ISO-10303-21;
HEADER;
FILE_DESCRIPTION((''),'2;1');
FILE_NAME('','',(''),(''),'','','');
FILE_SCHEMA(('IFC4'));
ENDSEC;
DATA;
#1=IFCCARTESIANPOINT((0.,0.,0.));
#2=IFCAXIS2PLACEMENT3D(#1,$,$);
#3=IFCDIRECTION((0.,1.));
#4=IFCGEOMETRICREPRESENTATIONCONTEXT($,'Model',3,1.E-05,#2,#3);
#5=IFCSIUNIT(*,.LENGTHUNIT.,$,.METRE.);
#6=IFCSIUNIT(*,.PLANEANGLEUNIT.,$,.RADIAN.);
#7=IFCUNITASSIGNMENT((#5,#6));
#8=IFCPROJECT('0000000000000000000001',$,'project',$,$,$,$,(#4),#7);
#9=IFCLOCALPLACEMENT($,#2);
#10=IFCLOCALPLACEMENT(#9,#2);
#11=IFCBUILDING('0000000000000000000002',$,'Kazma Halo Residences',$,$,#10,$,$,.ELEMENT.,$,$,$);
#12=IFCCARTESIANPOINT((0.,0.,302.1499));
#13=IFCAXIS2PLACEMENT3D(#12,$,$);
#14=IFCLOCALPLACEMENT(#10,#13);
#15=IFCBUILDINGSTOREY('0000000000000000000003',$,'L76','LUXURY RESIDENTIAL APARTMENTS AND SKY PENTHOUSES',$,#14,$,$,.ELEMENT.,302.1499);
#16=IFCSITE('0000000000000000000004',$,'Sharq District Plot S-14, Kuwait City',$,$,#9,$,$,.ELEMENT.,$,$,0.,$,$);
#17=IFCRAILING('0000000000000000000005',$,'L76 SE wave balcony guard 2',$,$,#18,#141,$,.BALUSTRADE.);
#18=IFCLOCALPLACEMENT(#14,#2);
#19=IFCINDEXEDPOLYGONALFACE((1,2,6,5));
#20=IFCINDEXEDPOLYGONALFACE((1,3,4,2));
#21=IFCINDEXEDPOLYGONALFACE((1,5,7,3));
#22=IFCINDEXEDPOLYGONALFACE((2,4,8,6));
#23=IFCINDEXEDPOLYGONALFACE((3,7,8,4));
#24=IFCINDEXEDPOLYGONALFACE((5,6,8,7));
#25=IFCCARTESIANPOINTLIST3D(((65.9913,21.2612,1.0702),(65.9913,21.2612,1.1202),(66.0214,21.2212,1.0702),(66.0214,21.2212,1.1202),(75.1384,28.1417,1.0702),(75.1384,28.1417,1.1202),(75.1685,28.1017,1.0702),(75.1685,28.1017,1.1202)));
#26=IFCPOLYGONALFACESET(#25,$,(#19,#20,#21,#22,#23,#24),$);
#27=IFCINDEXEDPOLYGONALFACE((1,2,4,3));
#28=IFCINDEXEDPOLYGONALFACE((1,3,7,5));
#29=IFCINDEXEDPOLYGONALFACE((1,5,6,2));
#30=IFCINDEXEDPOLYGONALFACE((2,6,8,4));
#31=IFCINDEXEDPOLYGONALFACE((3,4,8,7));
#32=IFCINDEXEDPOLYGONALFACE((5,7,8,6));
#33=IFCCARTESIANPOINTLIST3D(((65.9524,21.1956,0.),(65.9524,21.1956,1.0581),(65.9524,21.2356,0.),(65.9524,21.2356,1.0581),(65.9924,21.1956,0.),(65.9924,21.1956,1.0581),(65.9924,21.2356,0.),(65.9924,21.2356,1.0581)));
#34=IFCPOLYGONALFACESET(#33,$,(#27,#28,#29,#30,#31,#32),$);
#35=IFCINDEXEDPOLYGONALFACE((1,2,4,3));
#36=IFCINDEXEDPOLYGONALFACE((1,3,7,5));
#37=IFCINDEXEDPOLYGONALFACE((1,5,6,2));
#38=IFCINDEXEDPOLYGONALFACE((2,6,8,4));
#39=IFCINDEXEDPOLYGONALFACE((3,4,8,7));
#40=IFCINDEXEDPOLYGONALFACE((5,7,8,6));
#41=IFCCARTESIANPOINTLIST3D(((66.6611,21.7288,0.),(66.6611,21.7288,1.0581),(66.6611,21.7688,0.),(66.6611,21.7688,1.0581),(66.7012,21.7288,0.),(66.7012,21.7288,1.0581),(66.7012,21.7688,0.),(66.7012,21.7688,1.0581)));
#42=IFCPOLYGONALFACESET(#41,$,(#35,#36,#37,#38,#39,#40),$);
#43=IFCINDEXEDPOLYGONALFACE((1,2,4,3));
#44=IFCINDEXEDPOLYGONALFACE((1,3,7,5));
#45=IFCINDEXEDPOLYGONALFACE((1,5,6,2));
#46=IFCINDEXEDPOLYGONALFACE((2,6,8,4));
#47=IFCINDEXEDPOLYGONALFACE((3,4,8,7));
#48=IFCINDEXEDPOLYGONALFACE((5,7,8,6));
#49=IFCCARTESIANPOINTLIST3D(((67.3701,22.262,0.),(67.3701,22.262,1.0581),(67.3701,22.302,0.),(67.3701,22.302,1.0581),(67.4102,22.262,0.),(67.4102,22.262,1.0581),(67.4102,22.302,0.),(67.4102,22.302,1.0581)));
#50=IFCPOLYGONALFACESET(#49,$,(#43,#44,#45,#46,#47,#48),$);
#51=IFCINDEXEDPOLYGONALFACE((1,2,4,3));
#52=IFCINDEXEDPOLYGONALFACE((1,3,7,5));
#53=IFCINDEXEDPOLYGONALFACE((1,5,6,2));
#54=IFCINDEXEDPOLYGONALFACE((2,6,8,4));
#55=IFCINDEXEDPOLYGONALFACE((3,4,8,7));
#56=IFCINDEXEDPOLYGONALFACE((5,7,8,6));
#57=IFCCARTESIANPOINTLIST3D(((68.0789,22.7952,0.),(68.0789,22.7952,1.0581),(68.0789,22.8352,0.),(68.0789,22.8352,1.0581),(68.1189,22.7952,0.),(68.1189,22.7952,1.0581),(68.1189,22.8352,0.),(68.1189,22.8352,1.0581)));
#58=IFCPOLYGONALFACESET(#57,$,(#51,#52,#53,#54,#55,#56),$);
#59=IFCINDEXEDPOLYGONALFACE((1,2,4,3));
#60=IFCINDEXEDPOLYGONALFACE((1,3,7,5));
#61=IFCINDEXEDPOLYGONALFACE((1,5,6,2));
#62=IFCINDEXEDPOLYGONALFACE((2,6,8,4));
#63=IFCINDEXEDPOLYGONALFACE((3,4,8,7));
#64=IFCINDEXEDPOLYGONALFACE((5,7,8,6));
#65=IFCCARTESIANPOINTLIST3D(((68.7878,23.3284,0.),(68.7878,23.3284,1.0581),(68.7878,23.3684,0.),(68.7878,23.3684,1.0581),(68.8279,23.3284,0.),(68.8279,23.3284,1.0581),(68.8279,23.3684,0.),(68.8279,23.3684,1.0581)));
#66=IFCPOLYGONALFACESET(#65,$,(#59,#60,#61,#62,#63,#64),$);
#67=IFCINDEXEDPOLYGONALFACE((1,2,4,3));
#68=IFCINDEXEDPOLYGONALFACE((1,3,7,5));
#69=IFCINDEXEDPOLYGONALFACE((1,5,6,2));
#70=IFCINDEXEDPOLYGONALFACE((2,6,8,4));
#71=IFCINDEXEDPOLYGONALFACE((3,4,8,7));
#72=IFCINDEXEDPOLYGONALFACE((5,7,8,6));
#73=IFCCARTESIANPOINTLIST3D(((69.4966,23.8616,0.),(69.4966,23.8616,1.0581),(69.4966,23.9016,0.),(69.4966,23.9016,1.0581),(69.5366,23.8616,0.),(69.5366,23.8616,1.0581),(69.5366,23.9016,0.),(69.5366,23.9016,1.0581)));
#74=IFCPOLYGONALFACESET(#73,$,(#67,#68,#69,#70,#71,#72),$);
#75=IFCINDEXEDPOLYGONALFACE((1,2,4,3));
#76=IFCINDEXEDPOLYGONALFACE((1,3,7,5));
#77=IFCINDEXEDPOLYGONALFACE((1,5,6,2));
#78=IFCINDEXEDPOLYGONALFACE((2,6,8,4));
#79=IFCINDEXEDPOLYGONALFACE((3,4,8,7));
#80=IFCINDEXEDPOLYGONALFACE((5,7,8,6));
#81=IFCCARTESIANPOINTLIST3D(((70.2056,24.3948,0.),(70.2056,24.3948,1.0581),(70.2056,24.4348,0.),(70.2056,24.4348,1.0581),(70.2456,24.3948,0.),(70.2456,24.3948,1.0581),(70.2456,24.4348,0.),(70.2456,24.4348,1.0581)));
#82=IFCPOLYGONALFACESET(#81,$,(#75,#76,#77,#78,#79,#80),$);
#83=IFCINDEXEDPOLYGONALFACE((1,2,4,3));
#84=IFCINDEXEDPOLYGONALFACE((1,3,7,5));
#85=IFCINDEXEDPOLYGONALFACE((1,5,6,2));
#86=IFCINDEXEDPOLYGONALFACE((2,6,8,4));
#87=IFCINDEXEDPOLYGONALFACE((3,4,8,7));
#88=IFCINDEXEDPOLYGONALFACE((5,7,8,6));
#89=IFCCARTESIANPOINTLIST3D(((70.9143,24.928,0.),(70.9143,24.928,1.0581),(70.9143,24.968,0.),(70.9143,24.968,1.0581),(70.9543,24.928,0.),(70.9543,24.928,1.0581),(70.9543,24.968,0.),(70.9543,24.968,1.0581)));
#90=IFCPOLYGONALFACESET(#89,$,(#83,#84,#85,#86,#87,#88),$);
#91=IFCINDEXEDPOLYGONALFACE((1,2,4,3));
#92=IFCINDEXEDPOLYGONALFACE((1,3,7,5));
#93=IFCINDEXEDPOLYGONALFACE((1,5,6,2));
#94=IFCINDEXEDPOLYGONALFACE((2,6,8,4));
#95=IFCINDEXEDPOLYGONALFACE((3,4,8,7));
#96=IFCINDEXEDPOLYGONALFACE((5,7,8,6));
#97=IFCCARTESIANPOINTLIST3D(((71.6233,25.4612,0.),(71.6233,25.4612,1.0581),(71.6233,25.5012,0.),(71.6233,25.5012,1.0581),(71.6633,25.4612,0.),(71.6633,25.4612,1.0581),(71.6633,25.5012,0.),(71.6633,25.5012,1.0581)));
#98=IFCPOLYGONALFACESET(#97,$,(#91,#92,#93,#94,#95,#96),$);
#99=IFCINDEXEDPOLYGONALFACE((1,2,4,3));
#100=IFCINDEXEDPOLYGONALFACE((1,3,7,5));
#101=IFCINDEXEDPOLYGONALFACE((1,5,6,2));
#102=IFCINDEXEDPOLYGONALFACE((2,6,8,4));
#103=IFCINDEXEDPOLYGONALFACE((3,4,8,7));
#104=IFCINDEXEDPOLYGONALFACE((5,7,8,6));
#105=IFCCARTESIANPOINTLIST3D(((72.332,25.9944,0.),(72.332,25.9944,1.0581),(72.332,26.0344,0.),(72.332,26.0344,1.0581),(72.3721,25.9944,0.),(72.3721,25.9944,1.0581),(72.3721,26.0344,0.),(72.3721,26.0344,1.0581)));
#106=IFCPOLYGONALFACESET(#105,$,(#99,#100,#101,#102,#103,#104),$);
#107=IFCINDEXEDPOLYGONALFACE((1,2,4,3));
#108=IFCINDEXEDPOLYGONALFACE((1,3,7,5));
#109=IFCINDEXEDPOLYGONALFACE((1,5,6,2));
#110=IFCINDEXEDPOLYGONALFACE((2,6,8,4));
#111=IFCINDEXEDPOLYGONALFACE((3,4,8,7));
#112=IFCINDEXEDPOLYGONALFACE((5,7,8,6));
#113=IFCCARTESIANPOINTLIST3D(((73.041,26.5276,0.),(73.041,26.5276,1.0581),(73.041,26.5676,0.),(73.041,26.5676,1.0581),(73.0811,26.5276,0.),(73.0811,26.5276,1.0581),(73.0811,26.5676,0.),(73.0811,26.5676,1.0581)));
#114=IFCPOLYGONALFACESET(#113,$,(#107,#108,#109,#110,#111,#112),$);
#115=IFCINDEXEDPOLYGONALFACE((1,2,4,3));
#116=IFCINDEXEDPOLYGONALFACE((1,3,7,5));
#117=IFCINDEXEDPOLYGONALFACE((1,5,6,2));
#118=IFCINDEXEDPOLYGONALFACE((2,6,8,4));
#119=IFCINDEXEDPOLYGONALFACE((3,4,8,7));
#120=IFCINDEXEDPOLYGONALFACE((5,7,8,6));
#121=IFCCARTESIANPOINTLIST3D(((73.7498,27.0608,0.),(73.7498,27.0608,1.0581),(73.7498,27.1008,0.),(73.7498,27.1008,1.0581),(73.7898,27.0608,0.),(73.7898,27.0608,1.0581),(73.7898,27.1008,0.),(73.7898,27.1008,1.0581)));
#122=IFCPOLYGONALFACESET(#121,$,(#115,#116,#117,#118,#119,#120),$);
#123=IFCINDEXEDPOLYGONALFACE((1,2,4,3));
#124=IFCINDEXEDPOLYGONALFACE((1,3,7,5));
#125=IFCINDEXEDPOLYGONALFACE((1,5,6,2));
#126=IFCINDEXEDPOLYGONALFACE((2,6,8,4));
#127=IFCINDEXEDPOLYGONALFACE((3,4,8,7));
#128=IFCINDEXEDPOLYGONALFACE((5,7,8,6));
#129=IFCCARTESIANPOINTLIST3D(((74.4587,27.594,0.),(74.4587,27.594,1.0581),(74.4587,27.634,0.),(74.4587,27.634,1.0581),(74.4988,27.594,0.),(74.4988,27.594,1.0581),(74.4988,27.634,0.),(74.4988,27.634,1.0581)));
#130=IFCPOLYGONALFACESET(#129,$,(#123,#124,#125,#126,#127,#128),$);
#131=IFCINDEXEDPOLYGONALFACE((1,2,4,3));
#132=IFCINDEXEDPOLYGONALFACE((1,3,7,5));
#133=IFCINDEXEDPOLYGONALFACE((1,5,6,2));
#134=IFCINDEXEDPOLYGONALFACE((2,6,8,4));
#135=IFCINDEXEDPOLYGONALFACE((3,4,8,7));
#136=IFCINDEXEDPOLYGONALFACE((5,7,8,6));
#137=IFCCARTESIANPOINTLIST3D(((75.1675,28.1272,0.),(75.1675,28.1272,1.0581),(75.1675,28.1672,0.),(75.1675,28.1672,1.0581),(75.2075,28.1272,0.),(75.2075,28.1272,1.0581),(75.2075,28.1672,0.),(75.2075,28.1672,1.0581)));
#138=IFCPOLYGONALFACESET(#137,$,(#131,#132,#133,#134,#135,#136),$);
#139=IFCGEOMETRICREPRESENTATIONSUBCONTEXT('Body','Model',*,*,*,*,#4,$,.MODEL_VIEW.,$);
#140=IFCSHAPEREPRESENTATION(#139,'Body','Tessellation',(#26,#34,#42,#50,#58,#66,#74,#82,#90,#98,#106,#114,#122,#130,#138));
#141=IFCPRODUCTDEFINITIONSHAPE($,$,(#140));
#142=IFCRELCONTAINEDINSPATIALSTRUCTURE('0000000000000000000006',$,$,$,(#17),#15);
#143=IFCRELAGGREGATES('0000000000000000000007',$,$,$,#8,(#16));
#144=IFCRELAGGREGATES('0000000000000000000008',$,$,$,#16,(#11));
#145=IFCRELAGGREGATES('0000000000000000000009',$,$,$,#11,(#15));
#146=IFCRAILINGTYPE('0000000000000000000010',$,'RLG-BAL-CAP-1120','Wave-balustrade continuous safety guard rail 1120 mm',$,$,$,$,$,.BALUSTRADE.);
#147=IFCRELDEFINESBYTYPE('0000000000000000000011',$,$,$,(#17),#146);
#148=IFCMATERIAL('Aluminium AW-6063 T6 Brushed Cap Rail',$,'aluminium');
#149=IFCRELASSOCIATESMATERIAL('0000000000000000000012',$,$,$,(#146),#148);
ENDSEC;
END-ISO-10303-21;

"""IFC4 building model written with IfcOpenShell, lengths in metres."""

from ifc_helpers import new_model, si_unit, direction, frame, origin, origin_2d, place, context, subcontext, project, spatial, rectangle, extrude, material, type_object, element, save


model = new_model("IFC4")

# Units and contexts
model_context = context("Model", 3, precision=1e-05, world=origin(), true_north=direction((0.0, 1.0)))
body_context = subcontext(model_context, "Body", "Model", "MODEL_VIEW")
ifc_project = project(units=[si_unit("LENGTHUNIT", "METRE"), si_unit("PLANEANGLEUNIT", "RADIAN")], contexts=[model_context])

# Site, building, storey
site_placement = place(None, origin())
site = spatial("IfcSite", under=ifc_project, at=site_placement, Name="Sharq District Plot S-14, Kuwait City", CompositionType="ELEMENT", RefElevation=0.0)
building_placement = place(site_placement, origin())
building = spatial("IfcBuilding", under=site, at=building_placement, Name="Kazma Halo Residences", CompositionType="ELEMENT")
storey_placement = place(building_placement, frame((0.0, 0.0, 302.1499)))
storey = spatial("IfcBuildingStorey", under=building, at=storey_placement, Name="L76", Description="LUXURY RESIDENTIAL APARTMENTS AND SKY PENTHOUSES", CompositionType="ELEMENT", Elevation=302.1499)

# Railing
ifc_material_1 = material(Name="Aluminium AW-6063 T6 Brushed Cap Rail", Category="aluminium")
railing_type = type_object("IfcRailingType", Name="RLG-BAL-CAP-1120", Description="Wave-balustrade continuous safety guard rail 1120 mm", PredefinedType="BALUSTRADE", material=ifc_material_1)
railing_1_placement = place(storey_placement, frame((65.9724, 21.2156, 0.0)))
element("IfcRailing", 1, at=railing_1_placement, inside=storey, type_object=railing_type, Name="L76 SE wave balcony guard 2", PredefinedType="BALUSTRADE", context=body_context, shape_type="SweptSolid", body=[
    extrude(rectangle(XDim=0.05, YDim=0.05, at=origin_2d()), frame((0.0339, 0.0256, 1.0952), z_axis=(0.799153, 0.601127, 0.0), x_axis=(-0.601127, 0.799153, 0.0)), (0.0, 0.0, 1.0), 11.446),
    extrude(rectangle(XDim=0.04, YDim=0.04, at=origin_2d()), origin(), (0.0, 0.0, 1.0), 1.0581),
    extrude(rectangle(XDim=0.04, YDim=0.04, at=origin_2d()), frame((0.7087, 0.5332, 0.0)), (0.0, 0.0, 1.0), 1.0581),
    extrude(rectangle(XDim=0.04, YDim=0.04, at=origin_2d()), frame((1.4177, 1.0664, 0.0)), (0.0, 0.0, 1.0), 1.0581),
    extrude(rectangle(XDim=0.04, YDim=0.04, at=origin_2d()), frame((2.1265, 1.5996, 0.0)), (0.0, 0.0, 1.0), 1.0581),
    extrude(rectangle(XDim=0.04, YDim=0.04, at=origin_2d()), frame((2.8354, 2.1328, 0.0)), (0.0, 0.0, 1.0), 1.0581),
    extrude(rectangle(XDim=0.04, YDim=0.04, at=origin_2d()), frame((3.5442, 2.666, 0.0)), (0.0, 0.0, 1.0), 1.0581),
    extrude(rectangle(XDim=0.04, YDim=0.04, at=origin_2d()), frame((4.2532, 3.1992, 0.0)), (0.0, 0.0, 1.0), 1.0581),
    extrude(rectangle(XDim=0.04, YDim=0.04, at=origin_2d()), frame((4.9619, 3.7324, 0.0)), (0.0, 0.0, 1.0), 1.0581),
    extrude(rectangle(XDim=0.04, YDim=0.04, at=origin_2d()), frame((5.6709, 4.2656, 0.0)), (0.0, 0.0, 1.0), 1.0581),
    extrude(rectangle(XDim=0.04, YDim=0.04, at=origin_2d()), frame((6.3796, 4.7988, 0.0)), (0.0, 0.0, 1.0), 1.0581),
    extrude(rectangle(XDim=0.04, YDim=0.04, at=origin_2d()), frame((7.0886, 5.332, 0.0)), (0.0, 0.0, 1.0), 1.0581),
    extrude(rectangle(XDim=0.04, YDim=0.04, at=origin_2d()), frame((7.7974, 5.8652, 0.0)), (0.0, 0.0, 1.0), 1.0581),
    extrude(rectangle(XDim=0.04, YDim=0.04, at=origin_2d()), frame((8.5063, 6.3984, 0.0)), (0.0, 0.0, 1.0), 1.0581),
    extrude(rectangle(XDim=0.04, YDim=0.04, at=origin_2d()), frame((9.2151, 6.9316, 0.0)), (0.0, 0.0, 1.0), 1.0581),
])

save(model, "model.ifc")
